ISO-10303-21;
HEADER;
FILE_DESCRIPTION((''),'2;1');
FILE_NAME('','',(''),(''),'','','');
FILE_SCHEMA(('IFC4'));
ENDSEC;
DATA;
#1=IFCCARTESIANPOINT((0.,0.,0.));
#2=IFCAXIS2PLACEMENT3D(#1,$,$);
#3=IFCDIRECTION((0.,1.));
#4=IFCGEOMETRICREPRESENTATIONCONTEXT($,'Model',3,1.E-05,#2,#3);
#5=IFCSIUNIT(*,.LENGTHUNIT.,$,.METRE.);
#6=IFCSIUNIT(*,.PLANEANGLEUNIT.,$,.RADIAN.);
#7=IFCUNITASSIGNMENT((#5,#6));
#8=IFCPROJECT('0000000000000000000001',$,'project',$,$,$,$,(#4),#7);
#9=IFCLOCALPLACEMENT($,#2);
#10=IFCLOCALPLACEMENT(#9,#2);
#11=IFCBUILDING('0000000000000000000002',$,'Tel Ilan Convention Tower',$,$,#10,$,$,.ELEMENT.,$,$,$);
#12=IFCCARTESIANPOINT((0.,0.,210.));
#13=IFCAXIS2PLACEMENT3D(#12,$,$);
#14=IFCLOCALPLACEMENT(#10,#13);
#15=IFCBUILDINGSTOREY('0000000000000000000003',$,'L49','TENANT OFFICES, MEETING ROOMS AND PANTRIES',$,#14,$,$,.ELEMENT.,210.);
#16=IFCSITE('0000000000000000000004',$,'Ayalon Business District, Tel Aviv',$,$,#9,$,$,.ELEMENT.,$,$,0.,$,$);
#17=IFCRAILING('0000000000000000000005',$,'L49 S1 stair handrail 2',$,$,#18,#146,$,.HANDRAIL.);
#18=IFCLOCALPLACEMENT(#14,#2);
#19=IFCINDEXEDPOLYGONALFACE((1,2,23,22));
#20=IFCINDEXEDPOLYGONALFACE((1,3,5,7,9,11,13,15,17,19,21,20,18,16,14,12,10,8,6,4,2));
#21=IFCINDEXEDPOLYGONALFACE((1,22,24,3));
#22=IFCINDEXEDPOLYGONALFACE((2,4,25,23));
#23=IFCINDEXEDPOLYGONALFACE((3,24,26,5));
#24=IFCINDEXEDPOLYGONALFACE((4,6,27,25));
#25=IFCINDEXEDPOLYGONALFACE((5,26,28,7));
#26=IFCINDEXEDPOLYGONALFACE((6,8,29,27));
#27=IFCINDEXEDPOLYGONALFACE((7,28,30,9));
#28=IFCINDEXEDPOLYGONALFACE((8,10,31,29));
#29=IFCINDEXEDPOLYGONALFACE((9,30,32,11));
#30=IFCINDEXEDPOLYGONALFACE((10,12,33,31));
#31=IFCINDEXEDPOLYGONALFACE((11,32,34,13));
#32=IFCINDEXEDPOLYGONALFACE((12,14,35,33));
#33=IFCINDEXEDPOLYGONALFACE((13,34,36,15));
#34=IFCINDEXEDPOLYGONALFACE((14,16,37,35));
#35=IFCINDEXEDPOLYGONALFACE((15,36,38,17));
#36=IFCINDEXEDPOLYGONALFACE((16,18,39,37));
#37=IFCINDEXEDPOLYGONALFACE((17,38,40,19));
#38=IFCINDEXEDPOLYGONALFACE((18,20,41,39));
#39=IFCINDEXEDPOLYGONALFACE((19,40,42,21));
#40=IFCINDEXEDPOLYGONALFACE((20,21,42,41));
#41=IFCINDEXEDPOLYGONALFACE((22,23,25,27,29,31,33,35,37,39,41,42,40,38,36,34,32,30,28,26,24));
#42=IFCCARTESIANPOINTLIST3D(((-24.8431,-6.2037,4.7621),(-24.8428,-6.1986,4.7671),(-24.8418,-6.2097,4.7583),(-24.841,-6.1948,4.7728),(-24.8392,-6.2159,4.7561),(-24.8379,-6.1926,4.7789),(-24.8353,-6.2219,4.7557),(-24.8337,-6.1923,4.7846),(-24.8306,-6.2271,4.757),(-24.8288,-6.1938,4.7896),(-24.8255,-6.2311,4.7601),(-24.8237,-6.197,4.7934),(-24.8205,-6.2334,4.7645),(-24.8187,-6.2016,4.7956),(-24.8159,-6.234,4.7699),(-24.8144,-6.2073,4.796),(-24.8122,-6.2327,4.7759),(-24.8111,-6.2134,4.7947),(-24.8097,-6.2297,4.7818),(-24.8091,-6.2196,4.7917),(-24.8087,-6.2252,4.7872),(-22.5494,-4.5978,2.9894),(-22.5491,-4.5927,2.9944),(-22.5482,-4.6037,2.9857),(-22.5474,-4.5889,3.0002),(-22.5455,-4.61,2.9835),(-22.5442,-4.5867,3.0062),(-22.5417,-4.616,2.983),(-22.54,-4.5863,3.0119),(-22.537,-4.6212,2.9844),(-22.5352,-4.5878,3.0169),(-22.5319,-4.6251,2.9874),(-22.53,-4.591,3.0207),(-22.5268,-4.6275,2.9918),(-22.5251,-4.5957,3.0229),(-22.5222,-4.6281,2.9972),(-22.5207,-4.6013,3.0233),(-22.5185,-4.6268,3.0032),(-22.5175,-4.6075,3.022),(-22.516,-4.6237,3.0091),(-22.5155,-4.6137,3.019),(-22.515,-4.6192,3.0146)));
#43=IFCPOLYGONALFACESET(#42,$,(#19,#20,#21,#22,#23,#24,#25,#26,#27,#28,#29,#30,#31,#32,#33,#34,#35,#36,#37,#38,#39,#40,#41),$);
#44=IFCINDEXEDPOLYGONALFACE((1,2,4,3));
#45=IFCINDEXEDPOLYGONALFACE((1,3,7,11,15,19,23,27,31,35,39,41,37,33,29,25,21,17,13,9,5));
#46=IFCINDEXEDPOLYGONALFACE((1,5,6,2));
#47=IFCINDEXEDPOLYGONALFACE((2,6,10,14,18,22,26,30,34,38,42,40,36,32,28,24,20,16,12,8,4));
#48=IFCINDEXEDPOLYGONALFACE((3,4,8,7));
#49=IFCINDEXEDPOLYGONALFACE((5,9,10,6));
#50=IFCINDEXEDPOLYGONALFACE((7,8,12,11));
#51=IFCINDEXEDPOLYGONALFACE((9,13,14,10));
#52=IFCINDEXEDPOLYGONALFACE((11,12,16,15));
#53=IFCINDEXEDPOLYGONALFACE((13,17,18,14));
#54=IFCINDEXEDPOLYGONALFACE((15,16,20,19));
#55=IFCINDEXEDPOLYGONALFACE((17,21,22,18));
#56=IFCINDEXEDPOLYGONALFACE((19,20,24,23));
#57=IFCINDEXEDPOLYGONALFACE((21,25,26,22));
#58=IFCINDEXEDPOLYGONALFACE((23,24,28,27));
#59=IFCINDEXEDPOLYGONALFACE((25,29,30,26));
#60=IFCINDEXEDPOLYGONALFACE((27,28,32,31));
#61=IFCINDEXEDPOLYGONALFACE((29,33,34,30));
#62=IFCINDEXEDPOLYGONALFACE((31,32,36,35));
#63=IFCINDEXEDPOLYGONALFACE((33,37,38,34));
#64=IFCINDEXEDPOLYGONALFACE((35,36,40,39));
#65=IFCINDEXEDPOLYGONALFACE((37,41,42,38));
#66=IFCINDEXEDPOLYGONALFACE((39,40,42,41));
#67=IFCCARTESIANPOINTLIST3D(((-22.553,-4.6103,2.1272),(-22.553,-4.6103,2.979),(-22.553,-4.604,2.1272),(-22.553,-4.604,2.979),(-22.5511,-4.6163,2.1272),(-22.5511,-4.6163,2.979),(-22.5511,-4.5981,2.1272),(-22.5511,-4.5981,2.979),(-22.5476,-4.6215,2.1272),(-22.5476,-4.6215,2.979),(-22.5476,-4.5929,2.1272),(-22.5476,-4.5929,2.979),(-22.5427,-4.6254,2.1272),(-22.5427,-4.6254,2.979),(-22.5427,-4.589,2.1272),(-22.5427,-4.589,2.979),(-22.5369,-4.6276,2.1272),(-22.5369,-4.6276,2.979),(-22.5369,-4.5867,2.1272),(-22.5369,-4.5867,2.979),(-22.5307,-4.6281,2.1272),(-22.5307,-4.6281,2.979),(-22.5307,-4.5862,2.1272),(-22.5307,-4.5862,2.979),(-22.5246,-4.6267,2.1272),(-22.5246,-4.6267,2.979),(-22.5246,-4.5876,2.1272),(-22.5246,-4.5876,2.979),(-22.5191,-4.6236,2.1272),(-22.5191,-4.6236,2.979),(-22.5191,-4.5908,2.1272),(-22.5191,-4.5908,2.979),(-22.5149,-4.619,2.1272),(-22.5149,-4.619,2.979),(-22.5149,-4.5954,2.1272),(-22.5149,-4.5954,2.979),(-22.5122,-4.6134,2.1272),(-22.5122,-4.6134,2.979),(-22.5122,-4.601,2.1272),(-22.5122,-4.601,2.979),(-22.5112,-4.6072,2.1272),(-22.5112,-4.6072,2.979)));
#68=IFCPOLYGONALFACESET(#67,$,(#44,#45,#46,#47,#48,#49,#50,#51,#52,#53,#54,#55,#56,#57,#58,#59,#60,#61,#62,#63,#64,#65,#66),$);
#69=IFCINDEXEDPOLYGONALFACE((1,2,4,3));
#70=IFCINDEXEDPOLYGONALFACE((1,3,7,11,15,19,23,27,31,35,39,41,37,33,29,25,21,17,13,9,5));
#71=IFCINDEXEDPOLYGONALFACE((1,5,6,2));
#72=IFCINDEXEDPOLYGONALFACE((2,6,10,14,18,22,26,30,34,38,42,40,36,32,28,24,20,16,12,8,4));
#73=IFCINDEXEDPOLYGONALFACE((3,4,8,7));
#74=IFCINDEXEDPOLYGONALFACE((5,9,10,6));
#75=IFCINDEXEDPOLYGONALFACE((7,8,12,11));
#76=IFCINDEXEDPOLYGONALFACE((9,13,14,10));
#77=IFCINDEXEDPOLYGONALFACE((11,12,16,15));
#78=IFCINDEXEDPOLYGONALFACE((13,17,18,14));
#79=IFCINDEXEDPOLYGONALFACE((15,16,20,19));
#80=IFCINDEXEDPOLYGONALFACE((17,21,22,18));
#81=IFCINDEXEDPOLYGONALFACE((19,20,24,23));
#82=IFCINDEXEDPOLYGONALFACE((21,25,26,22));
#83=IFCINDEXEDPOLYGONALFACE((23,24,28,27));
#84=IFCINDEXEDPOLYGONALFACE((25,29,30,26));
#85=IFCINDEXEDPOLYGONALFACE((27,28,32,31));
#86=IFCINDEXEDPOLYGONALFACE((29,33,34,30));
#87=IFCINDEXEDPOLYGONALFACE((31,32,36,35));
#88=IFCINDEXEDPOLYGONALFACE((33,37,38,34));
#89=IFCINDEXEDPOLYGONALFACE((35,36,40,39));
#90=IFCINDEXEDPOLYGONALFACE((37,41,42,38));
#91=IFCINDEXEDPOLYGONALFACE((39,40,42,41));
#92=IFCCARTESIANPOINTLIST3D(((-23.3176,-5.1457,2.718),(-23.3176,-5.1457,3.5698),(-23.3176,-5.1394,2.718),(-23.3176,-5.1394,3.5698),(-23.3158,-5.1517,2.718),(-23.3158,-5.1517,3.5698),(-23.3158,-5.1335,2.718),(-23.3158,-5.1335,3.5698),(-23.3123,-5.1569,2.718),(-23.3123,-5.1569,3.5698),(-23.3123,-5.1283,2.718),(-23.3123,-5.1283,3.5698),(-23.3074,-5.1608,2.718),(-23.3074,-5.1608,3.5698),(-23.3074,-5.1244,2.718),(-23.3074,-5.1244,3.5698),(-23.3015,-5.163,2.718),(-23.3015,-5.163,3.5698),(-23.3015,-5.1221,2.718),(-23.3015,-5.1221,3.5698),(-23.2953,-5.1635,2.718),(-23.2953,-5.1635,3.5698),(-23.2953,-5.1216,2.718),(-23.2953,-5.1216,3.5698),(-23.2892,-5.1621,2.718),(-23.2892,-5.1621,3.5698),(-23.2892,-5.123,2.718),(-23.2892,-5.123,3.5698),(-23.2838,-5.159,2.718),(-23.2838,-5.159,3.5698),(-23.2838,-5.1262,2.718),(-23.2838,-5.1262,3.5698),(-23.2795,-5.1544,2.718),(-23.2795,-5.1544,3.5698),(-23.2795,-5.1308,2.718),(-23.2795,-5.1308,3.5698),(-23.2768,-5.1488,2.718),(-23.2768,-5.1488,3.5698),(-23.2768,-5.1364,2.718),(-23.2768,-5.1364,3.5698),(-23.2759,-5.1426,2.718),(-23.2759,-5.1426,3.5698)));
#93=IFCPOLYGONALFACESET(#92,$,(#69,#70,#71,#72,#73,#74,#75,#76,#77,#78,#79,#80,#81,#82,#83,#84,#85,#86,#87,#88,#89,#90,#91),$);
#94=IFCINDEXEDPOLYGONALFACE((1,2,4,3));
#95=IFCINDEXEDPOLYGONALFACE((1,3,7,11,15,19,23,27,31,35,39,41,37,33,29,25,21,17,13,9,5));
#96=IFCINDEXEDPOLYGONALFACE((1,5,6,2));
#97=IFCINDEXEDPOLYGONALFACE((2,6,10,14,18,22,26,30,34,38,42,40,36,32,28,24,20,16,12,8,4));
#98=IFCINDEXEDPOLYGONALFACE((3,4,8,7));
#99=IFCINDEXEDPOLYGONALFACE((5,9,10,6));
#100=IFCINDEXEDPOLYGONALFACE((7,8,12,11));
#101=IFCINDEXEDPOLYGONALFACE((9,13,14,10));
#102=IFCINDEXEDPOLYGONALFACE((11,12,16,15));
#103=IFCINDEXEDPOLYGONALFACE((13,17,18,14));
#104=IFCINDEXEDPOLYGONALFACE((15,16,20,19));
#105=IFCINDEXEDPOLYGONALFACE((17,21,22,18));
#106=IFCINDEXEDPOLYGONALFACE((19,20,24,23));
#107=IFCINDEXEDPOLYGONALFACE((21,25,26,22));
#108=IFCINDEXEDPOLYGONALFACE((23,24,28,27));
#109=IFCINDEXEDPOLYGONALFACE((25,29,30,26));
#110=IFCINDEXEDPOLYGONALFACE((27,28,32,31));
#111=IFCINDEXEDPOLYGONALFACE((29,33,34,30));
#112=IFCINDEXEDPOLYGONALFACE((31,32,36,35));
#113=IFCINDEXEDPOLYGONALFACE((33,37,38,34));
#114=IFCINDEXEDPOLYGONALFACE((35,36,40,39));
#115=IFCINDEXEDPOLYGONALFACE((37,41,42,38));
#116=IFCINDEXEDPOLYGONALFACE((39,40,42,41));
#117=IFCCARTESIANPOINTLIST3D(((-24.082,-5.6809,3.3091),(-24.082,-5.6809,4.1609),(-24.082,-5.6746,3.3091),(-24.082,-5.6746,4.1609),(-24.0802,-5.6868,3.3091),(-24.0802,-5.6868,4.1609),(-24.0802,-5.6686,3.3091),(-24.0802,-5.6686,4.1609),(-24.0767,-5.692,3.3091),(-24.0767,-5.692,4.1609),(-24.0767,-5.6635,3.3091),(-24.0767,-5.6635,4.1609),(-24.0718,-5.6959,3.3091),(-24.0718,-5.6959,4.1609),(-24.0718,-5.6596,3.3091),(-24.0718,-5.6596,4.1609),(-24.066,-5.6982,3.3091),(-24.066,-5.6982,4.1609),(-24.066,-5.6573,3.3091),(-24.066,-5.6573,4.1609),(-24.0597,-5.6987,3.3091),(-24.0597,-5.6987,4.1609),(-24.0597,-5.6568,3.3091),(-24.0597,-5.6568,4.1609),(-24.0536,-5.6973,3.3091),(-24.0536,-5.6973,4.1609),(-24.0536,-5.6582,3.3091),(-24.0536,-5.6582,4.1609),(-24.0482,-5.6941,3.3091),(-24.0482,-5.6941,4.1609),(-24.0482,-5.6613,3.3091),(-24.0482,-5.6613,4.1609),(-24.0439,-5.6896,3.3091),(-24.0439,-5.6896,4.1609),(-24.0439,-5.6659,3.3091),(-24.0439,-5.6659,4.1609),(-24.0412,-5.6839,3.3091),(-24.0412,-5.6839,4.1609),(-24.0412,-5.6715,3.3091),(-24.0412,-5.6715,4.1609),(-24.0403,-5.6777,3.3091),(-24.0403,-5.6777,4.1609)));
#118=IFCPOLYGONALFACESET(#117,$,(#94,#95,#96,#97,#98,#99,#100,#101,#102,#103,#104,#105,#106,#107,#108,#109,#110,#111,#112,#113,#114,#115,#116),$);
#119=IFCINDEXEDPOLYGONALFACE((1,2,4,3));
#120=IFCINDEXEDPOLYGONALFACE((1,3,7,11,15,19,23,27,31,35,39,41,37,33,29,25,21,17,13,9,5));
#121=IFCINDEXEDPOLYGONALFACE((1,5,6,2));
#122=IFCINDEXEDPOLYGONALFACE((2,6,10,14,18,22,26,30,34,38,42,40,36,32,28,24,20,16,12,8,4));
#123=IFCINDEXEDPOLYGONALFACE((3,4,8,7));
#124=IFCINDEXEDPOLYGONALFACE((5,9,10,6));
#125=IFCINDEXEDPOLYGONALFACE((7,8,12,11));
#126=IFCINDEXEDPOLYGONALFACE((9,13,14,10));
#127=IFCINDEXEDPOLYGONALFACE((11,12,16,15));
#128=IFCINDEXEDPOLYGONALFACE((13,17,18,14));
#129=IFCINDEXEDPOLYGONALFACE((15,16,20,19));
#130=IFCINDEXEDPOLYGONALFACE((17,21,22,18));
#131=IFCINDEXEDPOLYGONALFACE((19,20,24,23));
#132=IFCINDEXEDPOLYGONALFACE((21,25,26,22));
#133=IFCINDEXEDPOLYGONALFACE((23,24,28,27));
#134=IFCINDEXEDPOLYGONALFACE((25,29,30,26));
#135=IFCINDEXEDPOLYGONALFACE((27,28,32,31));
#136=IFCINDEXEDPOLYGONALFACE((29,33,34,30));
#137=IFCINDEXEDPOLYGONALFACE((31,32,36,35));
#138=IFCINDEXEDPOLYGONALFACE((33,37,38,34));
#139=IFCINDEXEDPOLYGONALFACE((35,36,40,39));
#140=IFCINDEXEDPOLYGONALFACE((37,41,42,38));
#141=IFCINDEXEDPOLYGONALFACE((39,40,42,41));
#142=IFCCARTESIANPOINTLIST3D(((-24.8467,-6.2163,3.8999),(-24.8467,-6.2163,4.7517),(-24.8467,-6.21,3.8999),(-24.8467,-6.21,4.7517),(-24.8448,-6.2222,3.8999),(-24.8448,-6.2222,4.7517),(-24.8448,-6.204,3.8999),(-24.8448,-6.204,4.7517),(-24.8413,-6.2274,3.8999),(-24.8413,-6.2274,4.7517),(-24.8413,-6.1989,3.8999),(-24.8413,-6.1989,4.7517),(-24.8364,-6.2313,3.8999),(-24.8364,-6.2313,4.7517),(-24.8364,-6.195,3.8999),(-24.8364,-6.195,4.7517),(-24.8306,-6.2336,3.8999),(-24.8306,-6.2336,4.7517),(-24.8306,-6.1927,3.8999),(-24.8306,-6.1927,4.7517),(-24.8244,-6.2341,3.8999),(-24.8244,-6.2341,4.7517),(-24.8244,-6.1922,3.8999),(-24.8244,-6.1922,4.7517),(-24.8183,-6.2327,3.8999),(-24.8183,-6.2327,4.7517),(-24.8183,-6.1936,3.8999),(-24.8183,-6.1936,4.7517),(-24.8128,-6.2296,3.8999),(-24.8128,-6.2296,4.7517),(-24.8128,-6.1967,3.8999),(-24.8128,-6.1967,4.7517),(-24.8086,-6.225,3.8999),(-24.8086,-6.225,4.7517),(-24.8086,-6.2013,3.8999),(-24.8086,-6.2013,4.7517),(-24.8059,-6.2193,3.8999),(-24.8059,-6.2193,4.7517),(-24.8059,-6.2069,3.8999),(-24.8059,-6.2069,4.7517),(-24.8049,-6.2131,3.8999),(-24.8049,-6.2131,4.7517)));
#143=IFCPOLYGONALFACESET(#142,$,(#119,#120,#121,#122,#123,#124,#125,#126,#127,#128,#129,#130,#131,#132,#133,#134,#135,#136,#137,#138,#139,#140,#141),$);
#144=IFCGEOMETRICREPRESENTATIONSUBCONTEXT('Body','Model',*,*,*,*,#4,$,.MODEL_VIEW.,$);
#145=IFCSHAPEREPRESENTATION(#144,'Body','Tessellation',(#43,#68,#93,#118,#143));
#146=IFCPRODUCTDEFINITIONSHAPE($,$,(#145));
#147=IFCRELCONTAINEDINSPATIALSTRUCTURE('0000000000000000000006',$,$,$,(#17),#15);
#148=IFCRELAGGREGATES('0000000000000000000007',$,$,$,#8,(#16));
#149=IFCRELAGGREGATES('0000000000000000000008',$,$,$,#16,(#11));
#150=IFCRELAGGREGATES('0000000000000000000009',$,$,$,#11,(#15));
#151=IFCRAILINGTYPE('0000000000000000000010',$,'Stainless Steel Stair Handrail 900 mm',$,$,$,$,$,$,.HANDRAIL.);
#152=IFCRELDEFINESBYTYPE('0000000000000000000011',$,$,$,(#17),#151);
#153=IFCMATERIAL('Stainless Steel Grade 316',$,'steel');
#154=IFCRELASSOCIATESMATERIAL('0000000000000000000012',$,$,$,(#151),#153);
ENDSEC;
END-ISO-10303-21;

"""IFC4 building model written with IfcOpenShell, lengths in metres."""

from ifc_helpers import new_model, si_unit, direction, frame, origin, origin_2d, place, context, subcontext, project, spatial, circle, extrude, material, type_object, element, save


model = new_model("IFC4")

# Units and contexts
model_context = context("Model", 3, precision=1e-05, world=origin(), true_north=direction((0.0, 1.0)))
body_context = subcontext(model_context, "Body", "Model", "MODEL_VIEW")
ifc_project = project(units=[si_unit("LENGTHUNIT", "METRE"), si_unit("PLANEANGLEUNIT", "RADIAN")], contexts=[model_context])

# Site, building, storey
site_placement = place(None, origin())
site = spatial("IfcSite", under=ifc_project, at=site_placement, Name="Ayalon Business District, Tel Aviv", CompositionType="ELEMENT", RefElevation=0.0)
building_placement = place(site_placement, origin())
building = spatial("IfcBuilding", under=site, at=building_placement, Name="Tel Ilan Convention Tower", CompositionType="ELEMENT")
storey_placement = place(building_placement, frame((0.0, 0.0, 210.0)))
storey = spatial("IfcBuildingStorey", under=building, at=storey_placement, Name="L49", Description="TENANT OFFICES, MEETING ROOMS AND PANTRIES", CompositionType="ELEMENT", Elevation=210.0)

# Railing
ifc_material_1 = material(Name="Stainless Steel Grade 316", Category="steel")
railing_type_1 = type_object("IfcRailingType", Name="Stainless Steel Stair Handrail 900 mm", PredefinedType="HANDRAIL", material=ifc_material_1)
for number, where, name in (
    (1, (-22.5322, -4.6072, 2.1272), "L49 S1 stair handrail 2"),
):
    element("IfcRailing", number, at=place(storey_placement, frame(where)), inside=storey, type_object=railing_type_1, Name=name, PredefinedType="HANDRAIL", context=body_context, shape_type="SweptSolid", body=[
        extrude(circle(Radius=0.0239, at=origin_2d()), frame((0.0, 0.0, 0.876), z_axis=(-0.692123, -0.484597, 0.534913), x_axis=(0.57355, -0.81917, 0.0)), (0.0, 0.0, 1.0), 3.314),
        extrude(circle(Radius=0.021, at=origin_2d()), origin(), (0.0, 0.0, 1.0), 0.8518),
        extrude(circle(Radius=0.021, at=origin_2d()), frame((-0.7646, -0.5354, 0.5908)), (0.0, 0.0, 1.0), 0.8518),
        extrude(circle(Radius=0.021, at=origin_2d()), frame((-1.5291, -1.0706, 1.1819)), (0.0, 0.0, 1.0), 0.8518),
        extrude(circle(Radius=0.021, at=origin_2d()), frame((-2.2937, -1.606, 1.7727)), (0.0, 0.0, 1.0), 0.8518),
    ])

save(model, "model.ifc")
